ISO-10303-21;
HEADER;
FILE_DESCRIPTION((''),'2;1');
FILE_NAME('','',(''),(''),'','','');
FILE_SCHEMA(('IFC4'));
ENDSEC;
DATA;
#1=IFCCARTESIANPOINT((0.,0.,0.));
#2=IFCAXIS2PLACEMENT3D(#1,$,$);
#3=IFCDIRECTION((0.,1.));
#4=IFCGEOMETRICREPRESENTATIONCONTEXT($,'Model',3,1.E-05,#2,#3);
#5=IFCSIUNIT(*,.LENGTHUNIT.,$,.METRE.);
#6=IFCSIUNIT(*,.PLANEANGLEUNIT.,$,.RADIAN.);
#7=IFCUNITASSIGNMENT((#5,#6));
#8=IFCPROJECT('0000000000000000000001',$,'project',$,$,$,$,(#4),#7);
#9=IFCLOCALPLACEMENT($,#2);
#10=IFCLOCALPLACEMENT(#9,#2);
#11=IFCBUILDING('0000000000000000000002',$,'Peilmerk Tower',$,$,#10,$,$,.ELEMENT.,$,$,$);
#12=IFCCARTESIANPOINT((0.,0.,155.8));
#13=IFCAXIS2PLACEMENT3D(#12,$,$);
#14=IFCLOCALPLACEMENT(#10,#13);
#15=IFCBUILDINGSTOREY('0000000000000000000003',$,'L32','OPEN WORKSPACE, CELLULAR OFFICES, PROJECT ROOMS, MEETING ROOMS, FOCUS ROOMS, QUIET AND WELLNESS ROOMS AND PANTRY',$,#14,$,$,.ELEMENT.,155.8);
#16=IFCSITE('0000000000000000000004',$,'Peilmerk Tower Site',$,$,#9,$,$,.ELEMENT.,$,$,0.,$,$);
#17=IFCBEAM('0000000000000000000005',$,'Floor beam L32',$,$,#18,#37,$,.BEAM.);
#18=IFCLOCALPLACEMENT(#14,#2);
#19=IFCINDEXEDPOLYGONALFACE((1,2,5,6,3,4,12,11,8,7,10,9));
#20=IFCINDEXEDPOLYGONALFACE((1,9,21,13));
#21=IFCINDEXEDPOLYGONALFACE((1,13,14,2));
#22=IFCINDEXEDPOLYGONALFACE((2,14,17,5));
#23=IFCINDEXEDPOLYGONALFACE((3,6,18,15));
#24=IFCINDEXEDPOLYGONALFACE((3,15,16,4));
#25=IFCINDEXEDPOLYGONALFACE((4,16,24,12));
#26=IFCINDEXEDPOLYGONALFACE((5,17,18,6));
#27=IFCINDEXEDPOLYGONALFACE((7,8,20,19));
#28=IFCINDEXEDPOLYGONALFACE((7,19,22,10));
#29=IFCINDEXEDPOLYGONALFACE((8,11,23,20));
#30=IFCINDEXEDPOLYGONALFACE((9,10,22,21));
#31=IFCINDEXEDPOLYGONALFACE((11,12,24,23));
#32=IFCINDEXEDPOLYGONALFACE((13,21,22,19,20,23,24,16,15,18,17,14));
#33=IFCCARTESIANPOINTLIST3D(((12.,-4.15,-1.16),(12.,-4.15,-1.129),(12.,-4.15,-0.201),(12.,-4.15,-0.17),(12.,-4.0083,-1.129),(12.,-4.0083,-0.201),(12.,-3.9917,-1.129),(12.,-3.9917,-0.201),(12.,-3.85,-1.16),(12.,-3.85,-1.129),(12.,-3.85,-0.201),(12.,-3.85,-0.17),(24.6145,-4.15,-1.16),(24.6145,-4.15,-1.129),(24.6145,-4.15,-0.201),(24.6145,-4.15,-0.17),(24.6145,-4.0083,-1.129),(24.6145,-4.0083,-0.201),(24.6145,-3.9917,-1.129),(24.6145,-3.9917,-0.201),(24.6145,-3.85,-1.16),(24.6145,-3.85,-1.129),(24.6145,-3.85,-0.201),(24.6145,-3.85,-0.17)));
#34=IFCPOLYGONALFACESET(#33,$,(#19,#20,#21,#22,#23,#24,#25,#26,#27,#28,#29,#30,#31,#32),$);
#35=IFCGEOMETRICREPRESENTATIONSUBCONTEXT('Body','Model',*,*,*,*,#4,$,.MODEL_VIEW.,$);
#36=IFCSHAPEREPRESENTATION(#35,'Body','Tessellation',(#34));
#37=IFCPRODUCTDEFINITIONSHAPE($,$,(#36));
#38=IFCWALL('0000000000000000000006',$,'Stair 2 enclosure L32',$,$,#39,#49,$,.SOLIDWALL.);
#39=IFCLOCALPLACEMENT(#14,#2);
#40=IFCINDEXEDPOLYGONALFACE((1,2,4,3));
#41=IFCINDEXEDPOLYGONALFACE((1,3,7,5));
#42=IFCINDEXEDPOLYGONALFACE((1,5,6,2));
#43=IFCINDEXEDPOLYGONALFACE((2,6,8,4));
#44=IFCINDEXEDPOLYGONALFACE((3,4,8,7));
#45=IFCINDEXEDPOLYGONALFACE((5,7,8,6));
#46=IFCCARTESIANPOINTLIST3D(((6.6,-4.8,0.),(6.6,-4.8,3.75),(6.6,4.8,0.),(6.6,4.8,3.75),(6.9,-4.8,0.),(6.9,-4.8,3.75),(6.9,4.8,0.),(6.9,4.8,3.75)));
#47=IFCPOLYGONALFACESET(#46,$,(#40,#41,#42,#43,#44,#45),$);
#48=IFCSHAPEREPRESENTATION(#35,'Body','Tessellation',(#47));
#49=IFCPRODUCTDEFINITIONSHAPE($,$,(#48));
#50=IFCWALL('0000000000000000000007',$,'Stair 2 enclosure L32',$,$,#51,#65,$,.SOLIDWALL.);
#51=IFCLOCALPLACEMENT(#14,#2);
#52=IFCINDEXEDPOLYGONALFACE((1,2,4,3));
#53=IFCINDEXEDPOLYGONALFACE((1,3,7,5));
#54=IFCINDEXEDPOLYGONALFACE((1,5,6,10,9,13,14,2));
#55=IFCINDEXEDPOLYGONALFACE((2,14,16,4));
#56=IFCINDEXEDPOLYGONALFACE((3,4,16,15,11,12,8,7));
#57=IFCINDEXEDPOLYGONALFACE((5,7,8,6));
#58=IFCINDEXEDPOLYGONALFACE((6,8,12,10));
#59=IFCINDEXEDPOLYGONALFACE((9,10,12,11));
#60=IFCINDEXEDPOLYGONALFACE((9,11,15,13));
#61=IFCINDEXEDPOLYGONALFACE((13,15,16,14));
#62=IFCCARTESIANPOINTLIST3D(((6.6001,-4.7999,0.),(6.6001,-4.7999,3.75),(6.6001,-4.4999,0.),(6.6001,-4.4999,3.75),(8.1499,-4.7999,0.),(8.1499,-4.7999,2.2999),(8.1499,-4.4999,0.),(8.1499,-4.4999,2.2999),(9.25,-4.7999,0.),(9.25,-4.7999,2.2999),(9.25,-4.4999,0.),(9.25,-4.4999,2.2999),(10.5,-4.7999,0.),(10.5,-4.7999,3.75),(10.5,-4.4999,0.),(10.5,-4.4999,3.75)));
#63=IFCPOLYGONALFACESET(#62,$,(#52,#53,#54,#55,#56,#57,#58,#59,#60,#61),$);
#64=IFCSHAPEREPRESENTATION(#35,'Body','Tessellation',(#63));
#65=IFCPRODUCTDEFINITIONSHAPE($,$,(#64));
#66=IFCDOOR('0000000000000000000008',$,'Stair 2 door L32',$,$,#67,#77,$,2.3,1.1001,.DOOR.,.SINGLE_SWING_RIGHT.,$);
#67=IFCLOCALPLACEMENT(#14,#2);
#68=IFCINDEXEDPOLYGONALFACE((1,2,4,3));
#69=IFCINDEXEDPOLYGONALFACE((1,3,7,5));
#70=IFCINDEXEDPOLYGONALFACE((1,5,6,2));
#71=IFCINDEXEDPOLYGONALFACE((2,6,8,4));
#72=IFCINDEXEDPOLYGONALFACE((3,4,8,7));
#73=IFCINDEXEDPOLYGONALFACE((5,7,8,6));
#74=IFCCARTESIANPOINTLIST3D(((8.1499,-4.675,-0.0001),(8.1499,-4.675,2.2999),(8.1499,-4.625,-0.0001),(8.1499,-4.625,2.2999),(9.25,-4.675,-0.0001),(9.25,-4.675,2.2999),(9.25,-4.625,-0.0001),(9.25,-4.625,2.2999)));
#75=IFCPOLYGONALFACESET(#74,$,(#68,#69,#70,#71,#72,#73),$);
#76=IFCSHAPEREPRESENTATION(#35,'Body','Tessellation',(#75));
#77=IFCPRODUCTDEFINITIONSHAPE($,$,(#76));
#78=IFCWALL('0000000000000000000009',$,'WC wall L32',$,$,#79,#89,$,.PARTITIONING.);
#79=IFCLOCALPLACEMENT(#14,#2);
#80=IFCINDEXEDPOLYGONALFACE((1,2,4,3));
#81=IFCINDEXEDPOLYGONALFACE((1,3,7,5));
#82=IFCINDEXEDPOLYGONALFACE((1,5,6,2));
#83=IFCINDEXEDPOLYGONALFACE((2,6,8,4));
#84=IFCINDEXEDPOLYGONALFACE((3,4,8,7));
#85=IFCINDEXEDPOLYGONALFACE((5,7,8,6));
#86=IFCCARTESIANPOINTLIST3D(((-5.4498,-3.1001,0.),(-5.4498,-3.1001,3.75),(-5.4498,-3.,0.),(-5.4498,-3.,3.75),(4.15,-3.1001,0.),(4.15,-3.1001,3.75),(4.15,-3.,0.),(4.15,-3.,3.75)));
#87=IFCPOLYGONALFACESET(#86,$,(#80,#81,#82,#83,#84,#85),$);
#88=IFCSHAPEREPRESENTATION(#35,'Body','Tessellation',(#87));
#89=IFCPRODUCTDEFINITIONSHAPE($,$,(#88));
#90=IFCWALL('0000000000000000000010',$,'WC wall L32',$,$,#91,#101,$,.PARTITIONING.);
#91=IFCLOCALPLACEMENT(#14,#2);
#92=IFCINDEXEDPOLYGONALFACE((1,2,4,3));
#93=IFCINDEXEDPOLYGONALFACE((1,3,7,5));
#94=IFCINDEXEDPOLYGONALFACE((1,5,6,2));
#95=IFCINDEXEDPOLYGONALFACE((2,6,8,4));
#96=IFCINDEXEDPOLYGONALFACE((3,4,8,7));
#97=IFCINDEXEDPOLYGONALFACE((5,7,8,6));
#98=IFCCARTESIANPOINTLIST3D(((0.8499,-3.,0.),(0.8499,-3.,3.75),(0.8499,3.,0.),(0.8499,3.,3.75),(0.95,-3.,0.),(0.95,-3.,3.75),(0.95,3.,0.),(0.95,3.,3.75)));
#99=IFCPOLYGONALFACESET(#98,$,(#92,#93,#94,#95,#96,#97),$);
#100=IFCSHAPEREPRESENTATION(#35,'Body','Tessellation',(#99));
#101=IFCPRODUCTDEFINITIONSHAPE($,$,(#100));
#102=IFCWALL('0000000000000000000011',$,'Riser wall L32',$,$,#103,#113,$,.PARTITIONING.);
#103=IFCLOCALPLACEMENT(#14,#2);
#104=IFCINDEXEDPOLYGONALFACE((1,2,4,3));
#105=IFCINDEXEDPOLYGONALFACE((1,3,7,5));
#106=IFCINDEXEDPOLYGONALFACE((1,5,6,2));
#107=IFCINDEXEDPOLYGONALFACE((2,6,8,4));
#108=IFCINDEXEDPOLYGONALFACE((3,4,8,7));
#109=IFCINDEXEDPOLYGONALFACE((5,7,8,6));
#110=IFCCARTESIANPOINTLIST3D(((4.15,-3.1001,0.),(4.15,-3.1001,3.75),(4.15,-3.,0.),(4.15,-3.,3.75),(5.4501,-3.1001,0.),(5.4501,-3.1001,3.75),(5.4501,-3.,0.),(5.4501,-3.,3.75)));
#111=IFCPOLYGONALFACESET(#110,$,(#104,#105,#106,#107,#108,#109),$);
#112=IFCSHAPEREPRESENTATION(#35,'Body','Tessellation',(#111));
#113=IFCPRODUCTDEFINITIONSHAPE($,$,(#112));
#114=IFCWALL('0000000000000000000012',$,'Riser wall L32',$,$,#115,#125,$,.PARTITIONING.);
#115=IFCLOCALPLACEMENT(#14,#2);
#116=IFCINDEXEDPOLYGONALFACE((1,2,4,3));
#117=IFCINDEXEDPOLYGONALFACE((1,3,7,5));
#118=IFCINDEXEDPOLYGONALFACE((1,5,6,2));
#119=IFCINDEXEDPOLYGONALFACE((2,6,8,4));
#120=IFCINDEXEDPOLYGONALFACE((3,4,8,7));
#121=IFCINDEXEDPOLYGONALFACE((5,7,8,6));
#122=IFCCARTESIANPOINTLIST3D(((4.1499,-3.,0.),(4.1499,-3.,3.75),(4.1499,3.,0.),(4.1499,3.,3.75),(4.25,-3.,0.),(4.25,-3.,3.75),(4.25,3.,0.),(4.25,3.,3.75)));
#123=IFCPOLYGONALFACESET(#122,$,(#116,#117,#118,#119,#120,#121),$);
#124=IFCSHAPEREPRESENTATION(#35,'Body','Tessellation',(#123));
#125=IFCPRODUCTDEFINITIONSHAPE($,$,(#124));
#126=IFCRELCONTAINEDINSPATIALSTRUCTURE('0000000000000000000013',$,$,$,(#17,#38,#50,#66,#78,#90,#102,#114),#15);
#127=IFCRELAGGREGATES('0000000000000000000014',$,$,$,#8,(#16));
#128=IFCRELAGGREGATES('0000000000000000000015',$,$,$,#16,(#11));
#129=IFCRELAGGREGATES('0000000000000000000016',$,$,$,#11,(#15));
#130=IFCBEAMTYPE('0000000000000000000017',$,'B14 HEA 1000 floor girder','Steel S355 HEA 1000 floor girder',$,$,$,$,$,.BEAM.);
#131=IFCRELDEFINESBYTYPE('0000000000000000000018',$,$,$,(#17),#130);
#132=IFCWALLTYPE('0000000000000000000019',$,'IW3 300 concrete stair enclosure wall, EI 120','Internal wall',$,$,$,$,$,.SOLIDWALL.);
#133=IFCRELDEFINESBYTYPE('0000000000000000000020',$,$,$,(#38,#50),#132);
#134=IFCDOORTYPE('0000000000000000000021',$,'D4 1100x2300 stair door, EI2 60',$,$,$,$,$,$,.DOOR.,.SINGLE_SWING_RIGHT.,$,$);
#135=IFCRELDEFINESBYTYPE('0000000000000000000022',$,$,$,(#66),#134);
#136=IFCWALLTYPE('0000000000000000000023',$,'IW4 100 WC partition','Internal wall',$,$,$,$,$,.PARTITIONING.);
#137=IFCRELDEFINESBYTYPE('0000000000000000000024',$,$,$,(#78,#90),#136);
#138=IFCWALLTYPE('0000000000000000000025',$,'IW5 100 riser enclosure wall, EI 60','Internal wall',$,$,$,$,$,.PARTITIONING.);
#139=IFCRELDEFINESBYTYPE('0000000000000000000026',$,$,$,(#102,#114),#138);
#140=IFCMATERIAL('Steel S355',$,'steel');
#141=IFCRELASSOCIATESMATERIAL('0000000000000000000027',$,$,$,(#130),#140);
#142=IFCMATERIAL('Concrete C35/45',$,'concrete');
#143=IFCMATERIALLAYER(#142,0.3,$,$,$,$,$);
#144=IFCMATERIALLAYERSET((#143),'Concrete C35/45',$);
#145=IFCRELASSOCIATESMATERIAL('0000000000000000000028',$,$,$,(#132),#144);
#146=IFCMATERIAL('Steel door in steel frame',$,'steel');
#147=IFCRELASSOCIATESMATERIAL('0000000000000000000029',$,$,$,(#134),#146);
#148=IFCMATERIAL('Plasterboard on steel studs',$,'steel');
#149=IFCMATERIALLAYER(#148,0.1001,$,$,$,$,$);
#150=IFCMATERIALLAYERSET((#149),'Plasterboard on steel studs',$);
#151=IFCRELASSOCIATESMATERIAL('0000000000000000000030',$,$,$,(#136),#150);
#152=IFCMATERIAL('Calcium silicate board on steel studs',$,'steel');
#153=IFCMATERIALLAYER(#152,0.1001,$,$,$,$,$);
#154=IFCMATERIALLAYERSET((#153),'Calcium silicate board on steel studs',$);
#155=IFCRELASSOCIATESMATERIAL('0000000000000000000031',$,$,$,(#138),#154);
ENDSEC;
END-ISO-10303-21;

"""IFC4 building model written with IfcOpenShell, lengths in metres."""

from ifc_helpers import new_model, si_unit, direction, frame, frame_2d, origin, origin_2d, place, context, subcontext, project, spatial, rectangle, i_section, extrude, material, layer, layer_set, material_profile, profile_set, type_object, element, fill, save


model = new_model("IFC4")

# Units and contexts
model_context = context("Model", 3, precision=1e-05, world=origin(), true_north=direction((0.0, 1.0)))
body_context = subcontext(model_context, "Body", "Model", "MODEL_VIEW")
ifc_project = project(units=[si_unit("LENGTHUNIT", "METRE"), si_unit("PLANEANGLEUNIT", "RADIAN")], contexts=[model_context])

# Site, building, storey
site_placement = place(None, origin())
site = spatial("IfcSite", under=ifc_project, at=site_placement, Name="Peilmerk Tower Site", CompositionType="ELEMENT", RefElevation=0.0)
building_placement = place(site_placement, origin())
building = spatial("IfcBuilding", under=site, at=building_placement, Name="Peilmerk Tower", CompositionType="ELEMENT")
storey_placement = place(building_placement, frame((0.0, 0.0, 155.8)))
storey = spatial("IfcBuildingStorey", under=building, at=storey_placement, Name="L32", Description="OPEN WORKSPACE, CELLULAR OFFICES, PROJECT ROOMS, MEETING ROOMS, FOCUS ROOMS, QUIET AND WELLNESS ROOMS AND PANTRY", CompositionType="ELEMENT", Elevation=155.8)

# Beam
ifc_material_1 = material(Name="Steel S355", Category="steel")
ifc_material_profile = material_profile(ifc_material_1, i_section(OverallWidth=0.3, OverallDepth=0.99, WebThickness=0.0166, FlangeThickness=0.031, at=origin_2d()), Name="HEA 1000")
ifc_profile_set = profile_set([ifc_material_profile], Name="Steel S355")
beam_type = type_object("IfcBeamType", Name="B14 HEA 1000 floor girder", Description="Steel S355 HEA 1000 floor girder", PredefinedType="BEAM", material=ifc_profile_set)
beam_placement = place(storey_placement, frame((12.0, -4.0, -0.665), z_axis=(1.0, 0.0, 0.0), x_axis=(0.0, 1.0, 0.0)))
element("IfcBeam", 1, at=beam_placement, inside=storey, type_object=beam_type, Name="Floor beam L32", PredefinedType="BEAM", context=body_context, shape_type="SweptSolid", body=[
    extrude(i_section(OverallWidth=0.3, OverallDepth=0.99, WebThickness=0.0166, FlangeThickness=0.031, at=origin_2d()), origin(), (0.0, 0.0, 1.0), 12.6145),
])

# Wall
ifc_material_2 = material(Name="Concrete C35/45", Category="concrete")
ifc_layer_1 = layer(ifc_material_2, 0.3)
ifc_layer_set_1 = layer_set([ifc_layer_1], Name="Concrete C35/45")
wall_type_1 = type_object("IfcWallType", Name="IW3 300 concrete stair enclosure wall, EI 120", Description="Internal wall", PredefinedType="SOLIDWALL", material=ifc_layer_set_1)
wall_1_placement = place(storey_placement, frame((6.75, -4.8, 0.0), z_axis=(0.0, 0.0, 1.0), x_axis=(0.0, 1.0, 0.0)))
element("IfcWall", 2, at=wall_1_placement, inside=storey, type_object=wall_type_1, Name="Stair 2 enclosure L32", PredefinedType="SOLIDWALL", context=body_context, shape_type="SweptSolid", body=[
    extrude(rectangle(XDim=9.6001, YDim=0.3, at=frame_2d((4.8, 0.0))), origin(), (0.0, 0.0, 1.0), 3.75),
])

# Wall, opening, door
wall_2_placement = place(storey_placement, frame((10.5, -4.6499, 0.0), z_axis=(0.0, 0.0, 1.0), x_axis=(-1.0, 0.0, 0.0)))
wall_2 = element("IfcWall", 3, at=wall_2_placement, inside=storey, type_object=wall_type_1, Name="Stair 2 enclosure L32", PredefinedType="SOLIDWALL", context=body_context, shape_type="SweptSolid", body=[
    extrude(rectangle(XDim=3.8999, YDim=0.3, at=frame_2d((1.95, 0.0))), origin(), (0.0, 0.0, 1.0), 3.75),
])
opening_1_placement = place(wall_2_placement, frame((1.25, 0.0, 0.0)))
opening_1 = element("IfcOpeningElement", 4, at=opening_1_placement, cuts=wall_2, PredefinedType="OPENING", context=body_context, shape_type="SweptSolid", body=[
    extrude(rectangle(XDim=1.1001, YDim=2.3, at=frame_2d((0.55, 1.1499))), frame((0.0, 0.1599, 0.0), z_axis=(0.0, -1.0, 0.0), x_axis=(1.0, 0.0, 0.0)), (0.0, 0.0, 1.0), 0.3201),
])
ifc_material_3 = material(Name="Steel door in steel frame", Category="steel")
door_type_1 = type_object("IfcDoorType", Name="D4 1100x2300 stair door, EI2 60", OperationType="SINGLE_SWING_RIGHT", PredefinedType="DOOR", material=ifc_material_3)
door_1_placement = place(opening_1_placement, frame((1.1001, 0.0, 0.0), z_axis=(0.0, 0.0, 1.0), x_axis=(-1.0, 0.0, 0.0)))
door_1 = element("IfcDoor", 5, at=door_1_placement, inside=storey, type_object=door_type_1, Name="Stair 2 door L32", OperationType="SINGLE_SWING_RIGHT", OverallHeight=2.3, OverallWidth=1.1001, PredefinedType="DOOR", context=body_context, shape_type="SweptSolid", body=[
    extrude(rectangle(XDim=1.1001, YDim=2.3, at=frame_2d((0.55, 1.1499))), frame((0.0, 0.0249, 0.0), z_axis=(0.0, -1.0, 0.0), x_axis=(1.0, 0.0, 0.0)), (0.0, 0.0, 1.0), 0.05),
])
fill(opening_1, door_1)

# Walls
ifc_material_4 = material(Name="Plasterboard on steel studs", Category="steel")
ifc_layer_2 = layer(ifc_material_4, 0.1001)
ifc_layer_set_2 = layer_set([ifc_layer_2], Name="Plasterboard on steel studs")
wall_type_2 = type_object("IfcWallType", Name="IW4 100 WC partition", Description="Internal wall", PredefinedType="PARTITIONING", material=ifc_layer_set_2)
wall_3_placement = place(storey_placement, frame((4.1499, -3.05, 0.0), z_axis=(0.0, 0.0, 1.0), x_axis=(-1.0, 0.0, 0.0)))
element("IfcWall", 6, at=wall_3_placement, inside=storey, type_object=wall_type_2, Name="WC wall L32", PredefinedType="PARTITIONING", context=body_context, shape_type="SweptSolid", body=[
    extrude(rectangle(XDim=9.5999, YDim=0.1001, at=frame_2d((4.7998, 0.0))), origin(), (0.0, 0.0, 1.0), 3.75),
])
wall_4_placement = place(storey_placement, frame((0.8999, -3.0, 0.0), z_axis=(0.0, 0.0, 1.0), x_axis=(0.0, 1.0, 0.0)))
element("IfcWall", 7, at=wall_4_placement, inside=storey, type_object=wall_type_2, Name="WC wall L32", PredefinedType="PARTITIONING", context=body_context, shape_type="SweptSolid", body=[
    extrude(rectangle(XDim=6.0, YDim=0.1001, at=frame_2d((3.0, 0.0))), origin(), (0.0, 0.0, 1.0), 3.75),
])
ifc_material_5 = material(Name="Calcium silicate board on steel studs", Category="steel")
ifc_layer_3 = layer(ifc_material_5, 0.1001)
ifc_layer_set_3 = layer_set([ifc_layer_3], Name="Calcium silicate board on steel studs")
wall_type_3 = type_object("IfcWallType", Name="IW5 100 riser enclosure wall, EI 60", Description="Internal wall", PredefinedType="PARTITIONING", material=ifc_layer_set_3)
wall_5_placement = place(storey_placement, frame((5.45, -3.05, 0.0), z_axis=(0.0, 0.0, 1.0), x_axis=(-1.0, 0.0, 0.0)))
element("IfcWall", 8, at=wall_5_placement, inside=storey, type_object=wall_type_3, Name="Riser wall L32", PredefinedType="PARTITIONING", context=body_context, shape_type="SweptSolid", body=[
    extrude(rectangle(XDim=1.3, YDim=0.1001, at=frame_2d((0.6499, 0.0))), origin(), (0.0, 0.0, 1.0), 3.75),
])
wall_6_placement = place(storey_placement, frame((4.2, -3.0, 0.0), z_axis=(0.0, 0.0, 1.0), x_axis=(0.0, 1.0, 0.0)))
element("IfcWall", 9, at=wall_6_placement, inside=storey, type_object=wall_type_3, Name="Riser wall L32", PredefinedType="PARTITIONING", context=body_context, shape_type="SweptSolid", body=[
    extrude(rectangle(XDim=6.0, YDim=0.1001, at=frame_2d((3.0, 0.0))), origin(), (0.0, 0.0, 1.0), 3.75),
])

save(model, "model.ifc")
